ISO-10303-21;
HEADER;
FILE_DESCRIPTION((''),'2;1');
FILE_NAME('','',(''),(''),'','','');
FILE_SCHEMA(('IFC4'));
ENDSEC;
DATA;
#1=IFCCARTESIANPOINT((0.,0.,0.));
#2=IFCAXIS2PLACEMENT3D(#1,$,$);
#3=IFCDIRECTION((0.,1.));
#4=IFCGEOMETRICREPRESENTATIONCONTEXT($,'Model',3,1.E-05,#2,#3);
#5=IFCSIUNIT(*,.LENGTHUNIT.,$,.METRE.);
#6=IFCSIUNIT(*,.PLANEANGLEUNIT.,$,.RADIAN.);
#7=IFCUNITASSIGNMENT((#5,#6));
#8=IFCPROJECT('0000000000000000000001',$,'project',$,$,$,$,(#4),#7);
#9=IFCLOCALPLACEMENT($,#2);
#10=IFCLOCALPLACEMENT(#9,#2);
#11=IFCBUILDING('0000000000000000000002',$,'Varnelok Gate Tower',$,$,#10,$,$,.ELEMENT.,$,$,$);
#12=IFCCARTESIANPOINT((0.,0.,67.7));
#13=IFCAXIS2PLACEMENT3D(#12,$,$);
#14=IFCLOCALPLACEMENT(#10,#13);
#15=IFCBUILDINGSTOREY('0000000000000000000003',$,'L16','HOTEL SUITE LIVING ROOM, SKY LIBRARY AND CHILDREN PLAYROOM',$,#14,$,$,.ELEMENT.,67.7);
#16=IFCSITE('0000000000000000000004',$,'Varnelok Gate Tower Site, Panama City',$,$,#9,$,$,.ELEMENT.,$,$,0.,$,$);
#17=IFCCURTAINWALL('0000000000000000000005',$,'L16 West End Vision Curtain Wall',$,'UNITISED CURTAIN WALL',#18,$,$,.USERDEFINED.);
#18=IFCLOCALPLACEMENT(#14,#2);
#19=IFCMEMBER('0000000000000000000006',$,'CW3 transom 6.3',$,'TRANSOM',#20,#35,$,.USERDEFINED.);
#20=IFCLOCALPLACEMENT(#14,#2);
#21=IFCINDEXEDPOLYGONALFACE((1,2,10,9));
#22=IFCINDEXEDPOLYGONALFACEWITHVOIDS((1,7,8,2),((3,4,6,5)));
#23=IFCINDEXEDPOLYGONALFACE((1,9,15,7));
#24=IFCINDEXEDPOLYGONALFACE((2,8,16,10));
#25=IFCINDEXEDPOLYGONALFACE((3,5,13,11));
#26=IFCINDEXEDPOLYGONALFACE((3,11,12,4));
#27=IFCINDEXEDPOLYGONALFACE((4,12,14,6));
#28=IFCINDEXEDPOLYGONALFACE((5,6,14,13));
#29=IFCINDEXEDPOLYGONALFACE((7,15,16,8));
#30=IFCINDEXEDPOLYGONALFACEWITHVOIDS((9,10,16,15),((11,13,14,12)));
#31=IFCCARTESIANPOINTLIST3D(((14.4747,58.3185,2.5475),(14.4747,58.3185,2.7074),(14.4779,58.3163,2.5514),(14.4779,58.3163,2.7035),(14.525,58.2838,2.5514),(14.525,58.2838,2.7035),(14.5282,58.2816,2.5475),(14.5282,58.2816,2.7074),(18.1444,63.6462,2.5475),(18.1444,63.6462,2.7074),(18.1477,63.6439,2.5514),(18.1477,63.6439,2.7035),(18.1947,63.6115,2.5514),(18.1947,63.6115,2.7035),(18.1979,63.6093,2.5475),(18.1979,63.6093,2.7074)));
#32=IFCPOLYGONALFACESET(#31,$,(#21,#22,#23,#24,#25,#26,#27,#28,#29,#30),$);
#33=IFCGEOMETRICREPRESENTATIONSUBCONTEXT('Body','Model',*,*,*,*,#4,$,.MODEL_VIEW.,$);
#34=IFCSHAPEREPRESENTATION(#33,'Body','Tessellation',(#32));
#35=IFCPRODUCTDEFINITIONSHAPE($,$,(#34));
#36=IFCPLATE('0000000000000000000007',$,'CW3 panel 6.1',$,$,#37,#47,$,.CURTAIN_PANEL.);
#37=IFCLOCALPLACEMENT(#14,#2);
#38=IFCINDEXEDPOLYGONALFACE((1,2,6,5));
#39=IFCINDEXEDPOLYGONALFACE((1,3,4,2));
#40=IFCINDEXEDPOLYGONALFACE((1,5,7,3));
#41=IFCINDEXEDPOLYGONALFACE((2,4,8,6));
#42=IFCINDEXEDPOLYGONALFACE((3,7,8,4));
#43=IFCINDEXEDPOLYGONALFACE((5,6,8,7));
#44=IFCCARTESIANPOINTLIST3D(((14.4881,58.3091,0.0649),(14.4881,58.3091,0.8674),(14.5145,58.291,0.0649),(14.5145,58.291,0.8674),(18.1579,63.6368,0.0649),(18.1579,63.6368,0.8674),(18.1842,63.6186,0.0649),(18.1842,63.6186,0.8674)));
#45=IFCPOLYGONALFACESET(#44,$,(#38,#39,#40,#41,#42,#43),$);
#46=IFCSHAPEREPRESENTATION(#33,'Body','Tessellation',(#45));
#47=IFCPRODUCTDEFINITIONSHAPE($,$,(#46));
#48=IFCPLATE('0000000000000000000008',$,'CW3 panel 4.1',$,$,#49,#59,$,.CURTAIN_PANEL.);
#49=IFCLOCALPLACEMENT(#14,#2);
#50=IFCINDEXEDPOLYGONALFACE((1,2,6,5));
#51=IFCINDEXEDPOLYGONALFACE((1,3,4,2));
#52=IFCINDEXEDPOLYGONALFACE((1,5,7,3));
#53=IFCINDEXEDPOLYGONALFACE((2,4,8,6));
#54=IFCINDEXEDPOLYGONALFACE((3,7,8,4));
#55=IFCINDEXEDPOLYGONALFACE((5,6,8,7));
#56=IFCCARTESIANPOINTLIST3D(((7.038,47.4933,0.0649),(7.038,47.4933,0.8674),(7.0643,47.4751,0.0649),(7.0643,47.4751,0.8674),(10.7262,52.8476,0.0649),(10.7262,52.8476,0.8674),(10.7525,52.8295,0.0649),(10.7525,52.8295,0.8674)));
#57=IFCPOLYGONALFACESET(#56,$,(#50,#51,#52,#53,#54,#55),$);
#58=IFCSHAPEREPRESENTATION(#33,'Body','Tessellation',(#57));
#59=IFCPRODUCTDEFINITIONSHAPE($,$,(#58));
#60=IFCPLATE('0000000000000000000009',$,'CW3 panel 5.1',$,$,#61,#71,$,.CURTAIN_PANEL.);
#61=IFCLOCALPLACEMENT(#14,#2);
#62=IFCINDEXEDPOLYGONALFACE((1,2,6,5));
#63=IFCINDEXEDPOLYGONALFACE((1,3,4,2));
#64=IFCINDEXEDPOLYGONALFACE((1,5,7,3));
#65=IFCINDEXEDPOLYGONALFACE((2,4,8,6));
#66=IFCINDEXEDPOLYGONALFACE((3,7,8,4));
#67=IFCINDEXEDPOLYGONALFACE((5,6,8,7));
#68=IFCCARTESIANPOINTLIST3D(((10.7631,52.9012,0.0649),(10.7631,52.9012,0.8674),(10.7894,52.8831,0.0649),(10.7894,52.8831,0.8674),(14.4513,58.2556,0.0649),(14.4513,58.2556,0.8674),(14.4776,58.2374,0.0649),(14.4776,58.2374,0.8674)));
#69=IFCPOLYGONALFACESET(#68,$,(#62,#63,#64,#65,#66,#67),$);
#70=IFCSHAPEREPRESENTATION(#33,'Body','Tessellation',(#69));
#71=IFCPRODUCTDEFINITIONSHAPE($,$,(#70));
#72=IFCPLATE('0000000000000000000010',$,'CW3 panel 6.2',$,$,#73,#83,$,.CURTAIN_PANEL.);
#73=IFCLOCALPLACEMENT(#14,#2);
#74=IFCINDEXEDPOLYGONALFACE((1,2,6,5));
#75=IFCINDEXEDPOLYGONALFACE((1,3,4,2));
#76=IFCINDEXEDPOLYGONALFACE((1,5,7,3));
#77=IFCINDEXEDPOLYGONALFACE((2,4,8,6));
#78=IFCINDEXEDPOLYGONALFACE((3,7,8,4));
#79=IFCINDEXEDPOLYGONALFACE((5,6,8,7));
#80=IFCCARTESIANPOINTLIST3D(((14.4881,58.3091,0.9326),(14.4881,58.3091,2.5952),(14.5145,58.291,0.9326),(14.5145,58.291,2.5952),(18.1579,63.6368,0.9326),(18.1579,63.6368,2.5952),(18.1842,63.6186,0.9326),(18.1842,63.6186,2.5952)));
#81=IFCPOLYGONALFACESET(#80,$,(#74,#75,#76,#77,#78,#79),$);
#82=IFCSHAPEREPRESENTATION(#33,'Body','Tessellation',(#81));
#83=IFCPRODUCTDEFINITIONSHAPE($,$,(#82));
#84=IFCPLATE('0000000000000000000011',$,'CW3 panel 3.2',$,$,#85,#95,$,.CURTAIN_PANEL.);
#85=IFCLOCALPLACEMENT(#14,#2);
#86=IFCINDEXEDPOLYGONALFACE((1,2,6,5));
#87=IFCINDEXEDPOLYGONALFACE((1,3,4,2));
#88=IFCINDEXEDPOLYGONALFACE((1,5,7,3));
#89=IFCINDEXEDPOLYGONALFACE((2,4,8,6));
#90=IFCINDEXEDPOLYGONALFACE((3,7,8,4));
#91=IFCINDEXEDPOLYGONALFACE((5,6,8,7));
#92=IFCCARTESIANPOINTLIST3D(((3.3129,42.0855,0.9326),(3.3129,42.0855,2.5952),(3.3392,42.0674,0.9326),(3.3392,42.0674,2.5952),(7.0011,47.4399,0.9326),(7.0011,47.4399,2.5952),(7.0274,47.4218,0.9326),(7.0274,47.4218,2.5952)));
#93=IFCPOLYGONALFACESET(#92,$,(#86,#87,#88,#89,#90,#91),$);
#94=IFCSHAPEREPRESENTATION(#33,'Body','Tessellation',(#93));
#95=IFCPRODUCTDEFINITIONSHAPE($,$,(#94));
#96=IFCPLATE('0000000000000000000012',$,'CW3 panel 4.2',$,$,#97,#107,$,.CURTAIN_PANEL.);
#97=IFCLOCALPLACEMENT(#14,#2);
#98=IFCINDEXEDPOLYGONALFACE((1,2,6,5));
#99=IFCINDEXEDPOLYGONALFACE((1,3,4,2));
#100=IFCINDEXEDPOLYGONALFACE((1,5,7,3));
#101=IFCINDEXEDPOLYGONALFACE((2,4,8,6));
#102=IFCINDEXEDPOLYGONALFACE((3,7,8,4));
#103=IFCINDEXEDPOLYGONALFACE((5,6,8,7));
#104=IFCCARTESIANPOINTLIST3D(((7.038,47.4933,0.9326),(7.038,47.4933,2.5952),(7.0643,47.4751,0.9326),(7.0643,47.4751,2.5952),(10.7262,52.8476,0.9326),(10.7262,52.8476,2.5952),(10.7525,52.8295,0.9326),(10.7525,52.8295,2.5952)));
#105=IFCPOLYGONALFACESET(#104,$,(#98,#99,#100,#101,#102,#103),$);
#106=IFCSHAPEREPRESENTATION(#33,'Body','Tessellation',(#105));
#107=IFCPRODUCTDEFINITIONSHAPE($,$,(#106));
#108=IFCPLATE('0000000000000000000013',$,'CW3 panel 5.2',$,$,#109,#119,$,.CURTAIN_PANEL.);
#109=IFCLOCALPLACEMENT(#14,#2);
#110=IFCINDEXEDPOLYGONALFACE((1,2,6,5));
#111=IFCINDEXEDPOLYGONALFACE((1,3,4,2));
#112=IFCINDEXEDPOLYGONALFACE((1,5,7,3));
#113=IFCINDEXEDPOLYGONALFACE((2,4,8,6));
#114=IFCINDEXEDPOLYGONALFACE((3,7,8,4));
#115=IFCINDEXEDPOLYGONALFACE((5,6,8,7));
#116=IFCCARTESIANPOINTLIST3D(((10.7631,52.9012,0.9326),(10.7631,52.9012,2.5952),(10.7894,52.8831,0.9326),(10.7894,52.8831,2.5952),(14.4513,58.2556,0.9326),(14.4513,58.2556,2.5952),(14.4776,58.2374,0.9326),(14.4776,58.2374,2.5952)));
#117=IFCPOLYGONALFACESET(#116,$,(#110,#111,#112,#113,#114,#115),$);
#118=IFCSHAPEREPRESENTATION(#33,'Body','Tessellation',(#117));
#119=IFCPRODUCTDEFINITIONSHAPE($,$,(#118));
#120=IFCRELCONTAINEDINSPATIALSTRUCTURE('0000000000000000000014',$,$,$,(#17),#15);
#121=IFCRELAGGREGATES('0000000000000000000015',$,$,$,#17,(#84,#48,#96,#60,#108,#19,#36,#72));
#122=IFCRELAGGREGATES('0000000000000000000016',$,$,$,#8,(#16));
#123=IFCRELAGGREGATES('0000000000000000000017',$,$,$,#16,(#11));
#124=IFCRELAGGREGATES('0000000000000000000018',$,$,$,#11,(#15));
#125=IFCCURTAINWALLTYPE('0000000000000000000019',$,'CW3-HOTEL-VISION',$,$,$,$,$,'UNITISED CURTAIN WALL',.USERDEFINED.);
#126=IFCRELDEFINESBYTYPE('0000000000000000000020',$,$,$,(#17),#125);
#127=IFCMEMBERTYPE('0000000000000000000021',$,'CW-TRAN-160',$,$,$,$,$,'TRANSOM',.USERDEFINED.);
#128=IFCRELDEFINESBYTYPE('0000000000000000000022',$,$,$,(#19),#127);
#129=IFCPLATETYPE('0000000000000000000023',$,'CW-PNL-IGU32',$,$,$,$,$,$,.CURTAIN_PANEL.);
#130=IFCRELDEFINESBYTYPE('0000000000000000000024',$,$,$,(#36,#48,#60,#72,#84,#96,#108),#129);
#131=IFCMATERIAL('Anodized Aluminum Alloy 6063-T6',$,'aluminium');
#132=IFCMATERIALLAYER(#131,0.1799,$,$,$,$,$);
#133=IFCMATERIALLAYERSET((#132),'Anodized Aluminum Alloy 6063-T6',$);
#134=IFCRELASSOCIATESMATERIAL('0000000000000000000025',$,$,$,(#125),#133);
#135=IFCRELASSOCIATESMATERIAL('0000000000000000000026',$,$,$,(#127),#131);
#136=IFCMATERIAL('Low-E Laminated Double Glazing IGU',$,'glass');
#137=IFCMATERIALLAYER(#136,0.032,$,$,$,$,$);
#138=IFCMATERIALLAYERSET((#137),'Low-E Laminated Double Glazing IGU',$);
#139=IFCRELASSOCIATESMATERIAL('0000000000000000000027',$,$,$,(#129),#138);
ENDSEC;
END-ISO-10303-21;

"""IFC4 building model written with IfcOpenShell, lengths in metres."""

from ifc_helpers import new_model, si_unit, direction, frame, origin, origin_2d, place, context, subcontext, project, spatial, rectangle, hollow_rectangle, extrude, source, transform, mapped, material, layer, layer_set, material_profile, profile_set, type_object, element, aggregate, save


model = new_model("IFC4")

# Units and contexts
model_context = context("Model", 3, precision=1e-05, world=origin(), true_north=direction((0.0, 1.0)))
body_context = subcontext(model_context, "Body", "Model", "MODEL_VIEW")
ifc_project = project(units=[si_unit("LENGTHUNIT", "METRE"), si_unit("PLANEANGLEUNIT", "RADIAN")], contexts=[model_context])

# Site, building, storey
site_placement = place(None, origin())
site = spatial("IfcSite", under=ifc_project, at=site_placement, Name="Varnelok Gate Tower Site, Panama City", CompositionType="ELEMENT", RefElevation=0.0)
building_placement = place(site_placement, origin())
building = spatial("IfcBuilding", under=site, at=building_placement, Name="Varnelok Gate Tower", CompositionType="ELEMENT")
storey_placement = place(building_placement, frame((0.0, 0.0, 67.7)))
storey = spatial("IfcBuildingStorey", under=building, at=storey_placement, Name="L16", Description="HOTEL SUITE LIVING ROOM, SKY LIBRARY AND CHILDREN PLAYROOM", CompositionType="ELEMENT", Elevation=67.7)

# Curtain wall, member, plates
ifc_material_1 = material(Name="Anodized Aluminum Alloy 6063-T6", Category="aluminium")
ifc_layer_1 = layer(ifc_material_1, 0.1799)
ifc_layer_set_1 = layer_set([ifc_layer_1], Name="Anodized Aluminum Alloy 6063-T6")
curtain_wall_type = type_object("IfcCurtainWallType", Name="CW3-HOTEL-VISION", ElementType="UNITISED CURTAIN WALL", PredefinedType="USERDEFINED", material=ifc_layer_set_1)
curtain_wall_placement = place(storey_placement, origin())
curtain_wall = element("IfcCurtainWall", 1, at=curtain_wall_placement, inside=storey, type_object=curtain_wall_type, Name="L16 West End Vision Curtain Wall", ObjectType="UNITISED CURTAIN WALL", PredefinedType="USERDEFINED")
ifc_material_profile_1 = material_profile(ifc_material_1, hollow_rectangle(XDim=0.0649, YDim=0.1599, WallThickness=0.0039, at=origin_2d()), Name="ALU160X65X4")
ifc_profile_set_1 = profile_set([ifc_material_profile_1], Name="Anodized Aluminum Alloy 6063-T6")
member_type_1 = type_object("IfcMemberType", Name="CW-TRAN-160", ElementType="TRANSOM", PredefinedType="USERDEFINED", material=ifc_profile_set_1)
member_1_placement = place(storey_placement, frame((14.5015, 58.3, 2.6274), z_axis=(0.567256, 0.823542, 0.0), x_axis=(-0.823542, 0.567256, 0.0)))
member_1 = element("IfcMember", 2, at=member_1_placement, type_object=member_type_1, Name="CW3 transom 6.3", ObjectType="TRANSOM", PredefinedType="USERDEFINED", context=body_context, shape_type="SweptSolid", body=[
    extrude(hollow_rectangle(XDim=0.0649, YDim=0.1599, WallThickness=0.0039, at=origin_2d()), origin(), (0.0, 0.0, 1.0), 6.4692),
])
ifc_material_2 = material(Name="Low-E Laminated Double Glazing IGU", Category="glass")
ifc_layer_2 = layer(ifc_material_2, 0.032)
ifc_layer_set_2 = layer_set([ifc_layer_2], Name="Low-E Laminated Double Glazing IGU")
plate_type = type_object("IfcPlateType", Name="CW-PNL-IGU32", PredefinedType="CURTAIN_PANEL", material=ifc_layer_set_2)
shared_shape_1 = source(origin(), body_context, "Body", "SweptSolid", [
    extrude(rectangle(XDim=6.4692, YDim=0.032, at=origin_2d()), origin(), (0.0, 0.0, 1.0), 0.8025),
])
plate_1_placement = place(storey_placement, frame((16.3362, 60.9639, 0.0649), z_axis=(0.0, 0.0, 1.0), x_axis=(0.567269, 0.823533, 0.0)))
plate_1 = element("IfcPlate", 3, at=plate_1_placement, type_object=plate_type, Name="CW3 panel 6.1", PredefinedType="CURTAIN_PANEL", context=body_context, shape_type="MappedRepresentation", body=[
    mapped(shared_shape_1, transform((0.0, 0.0, 0.0), scale=1.0)),
])
shared_shape_2 = source(origin(), body_context, "Body", "SweptSolid", [
    extrude(rectangle(XDim=6.5017, YDim=0.032, at=origin_2d()), origin(), (0.0, 0.0, 1.0), 0.8025),
])
plate_2_placement = place(storey_placement, frame((8.8953, 50.1614, 0.0649), z_axis=(0.0, 0.0, 1.0), x_axis=(0.567269, 0.823533, 0.0)))
plate_2 = element("IfcPlate", 4, at=plate_2_placement, type_object=plate_type, Name="CW3 panel 4.1", PredefinedType="CURTAIN_PANEL", context=body_context, shape_type="MappedRepresentation", body=[
    mapped(shared_shape_2, transform((0.0, 0.0, 0.0), scale=1.0)),
])
plate_3_placement = place(storey_placement, frame((12.6204, 55.5693, 0.0649), z_axis=(0.0, 0.0, 1.0), x_axis=(0.567269, 0.823533, 0.0)))
plate_3 = element("IfcPlate", 5, at=plate_3_placement, type_object=plate_type, Name="CW3 panel 5.1", PredefinedType="CURTAIN_PANEL", context=body_context, shape_type="MappedRepresentation", body=[
    mapped(shared_shape_2, transform((0.0, 0.0, 0.0), scale=1.0)),
])
shared_shape_3 = source(origin(), body_context, "Body", "SweptSolid", [
    extrude(rectangle(XDim=6.4692, YDim=0.032, at=origin_2d()), origin(), (0.0, 0.0, 1.0), 1.6626),
])
plate_4_placement = place(storey_placement, frame((16.3362, 60.9639, 0.9326), z_axis=(0.0, 0.0, 1.0), x_axis=(0.567269, 0.823533, 0.0)))
plate_4 = element("IfcPlate", 6, at=plate_4_placement, type_object=plate_type, Name="CW3 panel 6.2", PredefinedType="CURTAIN_PANEL", context=body_context, shape_type="MappedRepresentation", body=[
    mapped(shared_shape_3, transform((0.0, 0.0, 0.0), scale=1.0)),
])
shared_shape_4 = source(origin(), body_context, "Body", "SweptSolid", [
    extrude(rectangle(XDim=6.5017, YDim=0.032, at=origin_2d()), origin(), (0.0, 0.0, 1.0), 1.6626),
])
plate_5_placement = place(storey_placement, frame((5.1702, 44.7537, 0.9326), z_axis=(0.0, 0.0, 1.0), x_axis=(0.567269, 0.823533, 0.0)))
plate_5 = element("IfcPlate", 7, at=plate_5_placement, type_object=plate_type, Name="CW3 panel 3.2", PredefinedType="CURTAIN_PANEL", context=body_context, shape_type="MappedRepresentation", body=[
    mapped(shared_shape_4, transform((0.0, 0.0, 0.0), scale=1.0)),
])
plate_6_placement = place(storey_placement, frame((8.8953, 50.1614, 0.9326), z_axis=(0.0, 0.0, 1.0), x_axis=(0.567269, 0.823533, 0.0)))
plate_6 = element("IfcPlate", 8, at=plate_6_placement, type_object=plate_type, Name="CW3 panel 4.2", PredefinedType="CURTAIN_PANEL", context=body_context, shape_type="MappedRepresentation", body=[
    mapped(shared_shape_4, transform((0.0, 0.0, 0.0), scale=1.0)),
])
plate_7_placement = place(storey_placement, frame((12.6204, 55.5693, 0.9326), z_axis=(0.0, 0.0, 1.0), x_axis=(0.567269, 0.823533, 0.0)))
plate_7 = element("IfcPlate", 9, at=plate_7_placement, type_object=plate_type, Name="CW3 panel 5.2", PredefinedType="CURTAIN_PANEL", context=body_context, shape_type="MappedRepresentation", body=[
    mapped(shared_shape_4, transform((0.0, 0.0, 0.0), scale=1.0)),
])
aggregate(curtain_wall, [plate_5, plate_2, plate_6, plate_3, plate_7, member_1, plate_1, plate_4])

save(model, "model.ifc")
